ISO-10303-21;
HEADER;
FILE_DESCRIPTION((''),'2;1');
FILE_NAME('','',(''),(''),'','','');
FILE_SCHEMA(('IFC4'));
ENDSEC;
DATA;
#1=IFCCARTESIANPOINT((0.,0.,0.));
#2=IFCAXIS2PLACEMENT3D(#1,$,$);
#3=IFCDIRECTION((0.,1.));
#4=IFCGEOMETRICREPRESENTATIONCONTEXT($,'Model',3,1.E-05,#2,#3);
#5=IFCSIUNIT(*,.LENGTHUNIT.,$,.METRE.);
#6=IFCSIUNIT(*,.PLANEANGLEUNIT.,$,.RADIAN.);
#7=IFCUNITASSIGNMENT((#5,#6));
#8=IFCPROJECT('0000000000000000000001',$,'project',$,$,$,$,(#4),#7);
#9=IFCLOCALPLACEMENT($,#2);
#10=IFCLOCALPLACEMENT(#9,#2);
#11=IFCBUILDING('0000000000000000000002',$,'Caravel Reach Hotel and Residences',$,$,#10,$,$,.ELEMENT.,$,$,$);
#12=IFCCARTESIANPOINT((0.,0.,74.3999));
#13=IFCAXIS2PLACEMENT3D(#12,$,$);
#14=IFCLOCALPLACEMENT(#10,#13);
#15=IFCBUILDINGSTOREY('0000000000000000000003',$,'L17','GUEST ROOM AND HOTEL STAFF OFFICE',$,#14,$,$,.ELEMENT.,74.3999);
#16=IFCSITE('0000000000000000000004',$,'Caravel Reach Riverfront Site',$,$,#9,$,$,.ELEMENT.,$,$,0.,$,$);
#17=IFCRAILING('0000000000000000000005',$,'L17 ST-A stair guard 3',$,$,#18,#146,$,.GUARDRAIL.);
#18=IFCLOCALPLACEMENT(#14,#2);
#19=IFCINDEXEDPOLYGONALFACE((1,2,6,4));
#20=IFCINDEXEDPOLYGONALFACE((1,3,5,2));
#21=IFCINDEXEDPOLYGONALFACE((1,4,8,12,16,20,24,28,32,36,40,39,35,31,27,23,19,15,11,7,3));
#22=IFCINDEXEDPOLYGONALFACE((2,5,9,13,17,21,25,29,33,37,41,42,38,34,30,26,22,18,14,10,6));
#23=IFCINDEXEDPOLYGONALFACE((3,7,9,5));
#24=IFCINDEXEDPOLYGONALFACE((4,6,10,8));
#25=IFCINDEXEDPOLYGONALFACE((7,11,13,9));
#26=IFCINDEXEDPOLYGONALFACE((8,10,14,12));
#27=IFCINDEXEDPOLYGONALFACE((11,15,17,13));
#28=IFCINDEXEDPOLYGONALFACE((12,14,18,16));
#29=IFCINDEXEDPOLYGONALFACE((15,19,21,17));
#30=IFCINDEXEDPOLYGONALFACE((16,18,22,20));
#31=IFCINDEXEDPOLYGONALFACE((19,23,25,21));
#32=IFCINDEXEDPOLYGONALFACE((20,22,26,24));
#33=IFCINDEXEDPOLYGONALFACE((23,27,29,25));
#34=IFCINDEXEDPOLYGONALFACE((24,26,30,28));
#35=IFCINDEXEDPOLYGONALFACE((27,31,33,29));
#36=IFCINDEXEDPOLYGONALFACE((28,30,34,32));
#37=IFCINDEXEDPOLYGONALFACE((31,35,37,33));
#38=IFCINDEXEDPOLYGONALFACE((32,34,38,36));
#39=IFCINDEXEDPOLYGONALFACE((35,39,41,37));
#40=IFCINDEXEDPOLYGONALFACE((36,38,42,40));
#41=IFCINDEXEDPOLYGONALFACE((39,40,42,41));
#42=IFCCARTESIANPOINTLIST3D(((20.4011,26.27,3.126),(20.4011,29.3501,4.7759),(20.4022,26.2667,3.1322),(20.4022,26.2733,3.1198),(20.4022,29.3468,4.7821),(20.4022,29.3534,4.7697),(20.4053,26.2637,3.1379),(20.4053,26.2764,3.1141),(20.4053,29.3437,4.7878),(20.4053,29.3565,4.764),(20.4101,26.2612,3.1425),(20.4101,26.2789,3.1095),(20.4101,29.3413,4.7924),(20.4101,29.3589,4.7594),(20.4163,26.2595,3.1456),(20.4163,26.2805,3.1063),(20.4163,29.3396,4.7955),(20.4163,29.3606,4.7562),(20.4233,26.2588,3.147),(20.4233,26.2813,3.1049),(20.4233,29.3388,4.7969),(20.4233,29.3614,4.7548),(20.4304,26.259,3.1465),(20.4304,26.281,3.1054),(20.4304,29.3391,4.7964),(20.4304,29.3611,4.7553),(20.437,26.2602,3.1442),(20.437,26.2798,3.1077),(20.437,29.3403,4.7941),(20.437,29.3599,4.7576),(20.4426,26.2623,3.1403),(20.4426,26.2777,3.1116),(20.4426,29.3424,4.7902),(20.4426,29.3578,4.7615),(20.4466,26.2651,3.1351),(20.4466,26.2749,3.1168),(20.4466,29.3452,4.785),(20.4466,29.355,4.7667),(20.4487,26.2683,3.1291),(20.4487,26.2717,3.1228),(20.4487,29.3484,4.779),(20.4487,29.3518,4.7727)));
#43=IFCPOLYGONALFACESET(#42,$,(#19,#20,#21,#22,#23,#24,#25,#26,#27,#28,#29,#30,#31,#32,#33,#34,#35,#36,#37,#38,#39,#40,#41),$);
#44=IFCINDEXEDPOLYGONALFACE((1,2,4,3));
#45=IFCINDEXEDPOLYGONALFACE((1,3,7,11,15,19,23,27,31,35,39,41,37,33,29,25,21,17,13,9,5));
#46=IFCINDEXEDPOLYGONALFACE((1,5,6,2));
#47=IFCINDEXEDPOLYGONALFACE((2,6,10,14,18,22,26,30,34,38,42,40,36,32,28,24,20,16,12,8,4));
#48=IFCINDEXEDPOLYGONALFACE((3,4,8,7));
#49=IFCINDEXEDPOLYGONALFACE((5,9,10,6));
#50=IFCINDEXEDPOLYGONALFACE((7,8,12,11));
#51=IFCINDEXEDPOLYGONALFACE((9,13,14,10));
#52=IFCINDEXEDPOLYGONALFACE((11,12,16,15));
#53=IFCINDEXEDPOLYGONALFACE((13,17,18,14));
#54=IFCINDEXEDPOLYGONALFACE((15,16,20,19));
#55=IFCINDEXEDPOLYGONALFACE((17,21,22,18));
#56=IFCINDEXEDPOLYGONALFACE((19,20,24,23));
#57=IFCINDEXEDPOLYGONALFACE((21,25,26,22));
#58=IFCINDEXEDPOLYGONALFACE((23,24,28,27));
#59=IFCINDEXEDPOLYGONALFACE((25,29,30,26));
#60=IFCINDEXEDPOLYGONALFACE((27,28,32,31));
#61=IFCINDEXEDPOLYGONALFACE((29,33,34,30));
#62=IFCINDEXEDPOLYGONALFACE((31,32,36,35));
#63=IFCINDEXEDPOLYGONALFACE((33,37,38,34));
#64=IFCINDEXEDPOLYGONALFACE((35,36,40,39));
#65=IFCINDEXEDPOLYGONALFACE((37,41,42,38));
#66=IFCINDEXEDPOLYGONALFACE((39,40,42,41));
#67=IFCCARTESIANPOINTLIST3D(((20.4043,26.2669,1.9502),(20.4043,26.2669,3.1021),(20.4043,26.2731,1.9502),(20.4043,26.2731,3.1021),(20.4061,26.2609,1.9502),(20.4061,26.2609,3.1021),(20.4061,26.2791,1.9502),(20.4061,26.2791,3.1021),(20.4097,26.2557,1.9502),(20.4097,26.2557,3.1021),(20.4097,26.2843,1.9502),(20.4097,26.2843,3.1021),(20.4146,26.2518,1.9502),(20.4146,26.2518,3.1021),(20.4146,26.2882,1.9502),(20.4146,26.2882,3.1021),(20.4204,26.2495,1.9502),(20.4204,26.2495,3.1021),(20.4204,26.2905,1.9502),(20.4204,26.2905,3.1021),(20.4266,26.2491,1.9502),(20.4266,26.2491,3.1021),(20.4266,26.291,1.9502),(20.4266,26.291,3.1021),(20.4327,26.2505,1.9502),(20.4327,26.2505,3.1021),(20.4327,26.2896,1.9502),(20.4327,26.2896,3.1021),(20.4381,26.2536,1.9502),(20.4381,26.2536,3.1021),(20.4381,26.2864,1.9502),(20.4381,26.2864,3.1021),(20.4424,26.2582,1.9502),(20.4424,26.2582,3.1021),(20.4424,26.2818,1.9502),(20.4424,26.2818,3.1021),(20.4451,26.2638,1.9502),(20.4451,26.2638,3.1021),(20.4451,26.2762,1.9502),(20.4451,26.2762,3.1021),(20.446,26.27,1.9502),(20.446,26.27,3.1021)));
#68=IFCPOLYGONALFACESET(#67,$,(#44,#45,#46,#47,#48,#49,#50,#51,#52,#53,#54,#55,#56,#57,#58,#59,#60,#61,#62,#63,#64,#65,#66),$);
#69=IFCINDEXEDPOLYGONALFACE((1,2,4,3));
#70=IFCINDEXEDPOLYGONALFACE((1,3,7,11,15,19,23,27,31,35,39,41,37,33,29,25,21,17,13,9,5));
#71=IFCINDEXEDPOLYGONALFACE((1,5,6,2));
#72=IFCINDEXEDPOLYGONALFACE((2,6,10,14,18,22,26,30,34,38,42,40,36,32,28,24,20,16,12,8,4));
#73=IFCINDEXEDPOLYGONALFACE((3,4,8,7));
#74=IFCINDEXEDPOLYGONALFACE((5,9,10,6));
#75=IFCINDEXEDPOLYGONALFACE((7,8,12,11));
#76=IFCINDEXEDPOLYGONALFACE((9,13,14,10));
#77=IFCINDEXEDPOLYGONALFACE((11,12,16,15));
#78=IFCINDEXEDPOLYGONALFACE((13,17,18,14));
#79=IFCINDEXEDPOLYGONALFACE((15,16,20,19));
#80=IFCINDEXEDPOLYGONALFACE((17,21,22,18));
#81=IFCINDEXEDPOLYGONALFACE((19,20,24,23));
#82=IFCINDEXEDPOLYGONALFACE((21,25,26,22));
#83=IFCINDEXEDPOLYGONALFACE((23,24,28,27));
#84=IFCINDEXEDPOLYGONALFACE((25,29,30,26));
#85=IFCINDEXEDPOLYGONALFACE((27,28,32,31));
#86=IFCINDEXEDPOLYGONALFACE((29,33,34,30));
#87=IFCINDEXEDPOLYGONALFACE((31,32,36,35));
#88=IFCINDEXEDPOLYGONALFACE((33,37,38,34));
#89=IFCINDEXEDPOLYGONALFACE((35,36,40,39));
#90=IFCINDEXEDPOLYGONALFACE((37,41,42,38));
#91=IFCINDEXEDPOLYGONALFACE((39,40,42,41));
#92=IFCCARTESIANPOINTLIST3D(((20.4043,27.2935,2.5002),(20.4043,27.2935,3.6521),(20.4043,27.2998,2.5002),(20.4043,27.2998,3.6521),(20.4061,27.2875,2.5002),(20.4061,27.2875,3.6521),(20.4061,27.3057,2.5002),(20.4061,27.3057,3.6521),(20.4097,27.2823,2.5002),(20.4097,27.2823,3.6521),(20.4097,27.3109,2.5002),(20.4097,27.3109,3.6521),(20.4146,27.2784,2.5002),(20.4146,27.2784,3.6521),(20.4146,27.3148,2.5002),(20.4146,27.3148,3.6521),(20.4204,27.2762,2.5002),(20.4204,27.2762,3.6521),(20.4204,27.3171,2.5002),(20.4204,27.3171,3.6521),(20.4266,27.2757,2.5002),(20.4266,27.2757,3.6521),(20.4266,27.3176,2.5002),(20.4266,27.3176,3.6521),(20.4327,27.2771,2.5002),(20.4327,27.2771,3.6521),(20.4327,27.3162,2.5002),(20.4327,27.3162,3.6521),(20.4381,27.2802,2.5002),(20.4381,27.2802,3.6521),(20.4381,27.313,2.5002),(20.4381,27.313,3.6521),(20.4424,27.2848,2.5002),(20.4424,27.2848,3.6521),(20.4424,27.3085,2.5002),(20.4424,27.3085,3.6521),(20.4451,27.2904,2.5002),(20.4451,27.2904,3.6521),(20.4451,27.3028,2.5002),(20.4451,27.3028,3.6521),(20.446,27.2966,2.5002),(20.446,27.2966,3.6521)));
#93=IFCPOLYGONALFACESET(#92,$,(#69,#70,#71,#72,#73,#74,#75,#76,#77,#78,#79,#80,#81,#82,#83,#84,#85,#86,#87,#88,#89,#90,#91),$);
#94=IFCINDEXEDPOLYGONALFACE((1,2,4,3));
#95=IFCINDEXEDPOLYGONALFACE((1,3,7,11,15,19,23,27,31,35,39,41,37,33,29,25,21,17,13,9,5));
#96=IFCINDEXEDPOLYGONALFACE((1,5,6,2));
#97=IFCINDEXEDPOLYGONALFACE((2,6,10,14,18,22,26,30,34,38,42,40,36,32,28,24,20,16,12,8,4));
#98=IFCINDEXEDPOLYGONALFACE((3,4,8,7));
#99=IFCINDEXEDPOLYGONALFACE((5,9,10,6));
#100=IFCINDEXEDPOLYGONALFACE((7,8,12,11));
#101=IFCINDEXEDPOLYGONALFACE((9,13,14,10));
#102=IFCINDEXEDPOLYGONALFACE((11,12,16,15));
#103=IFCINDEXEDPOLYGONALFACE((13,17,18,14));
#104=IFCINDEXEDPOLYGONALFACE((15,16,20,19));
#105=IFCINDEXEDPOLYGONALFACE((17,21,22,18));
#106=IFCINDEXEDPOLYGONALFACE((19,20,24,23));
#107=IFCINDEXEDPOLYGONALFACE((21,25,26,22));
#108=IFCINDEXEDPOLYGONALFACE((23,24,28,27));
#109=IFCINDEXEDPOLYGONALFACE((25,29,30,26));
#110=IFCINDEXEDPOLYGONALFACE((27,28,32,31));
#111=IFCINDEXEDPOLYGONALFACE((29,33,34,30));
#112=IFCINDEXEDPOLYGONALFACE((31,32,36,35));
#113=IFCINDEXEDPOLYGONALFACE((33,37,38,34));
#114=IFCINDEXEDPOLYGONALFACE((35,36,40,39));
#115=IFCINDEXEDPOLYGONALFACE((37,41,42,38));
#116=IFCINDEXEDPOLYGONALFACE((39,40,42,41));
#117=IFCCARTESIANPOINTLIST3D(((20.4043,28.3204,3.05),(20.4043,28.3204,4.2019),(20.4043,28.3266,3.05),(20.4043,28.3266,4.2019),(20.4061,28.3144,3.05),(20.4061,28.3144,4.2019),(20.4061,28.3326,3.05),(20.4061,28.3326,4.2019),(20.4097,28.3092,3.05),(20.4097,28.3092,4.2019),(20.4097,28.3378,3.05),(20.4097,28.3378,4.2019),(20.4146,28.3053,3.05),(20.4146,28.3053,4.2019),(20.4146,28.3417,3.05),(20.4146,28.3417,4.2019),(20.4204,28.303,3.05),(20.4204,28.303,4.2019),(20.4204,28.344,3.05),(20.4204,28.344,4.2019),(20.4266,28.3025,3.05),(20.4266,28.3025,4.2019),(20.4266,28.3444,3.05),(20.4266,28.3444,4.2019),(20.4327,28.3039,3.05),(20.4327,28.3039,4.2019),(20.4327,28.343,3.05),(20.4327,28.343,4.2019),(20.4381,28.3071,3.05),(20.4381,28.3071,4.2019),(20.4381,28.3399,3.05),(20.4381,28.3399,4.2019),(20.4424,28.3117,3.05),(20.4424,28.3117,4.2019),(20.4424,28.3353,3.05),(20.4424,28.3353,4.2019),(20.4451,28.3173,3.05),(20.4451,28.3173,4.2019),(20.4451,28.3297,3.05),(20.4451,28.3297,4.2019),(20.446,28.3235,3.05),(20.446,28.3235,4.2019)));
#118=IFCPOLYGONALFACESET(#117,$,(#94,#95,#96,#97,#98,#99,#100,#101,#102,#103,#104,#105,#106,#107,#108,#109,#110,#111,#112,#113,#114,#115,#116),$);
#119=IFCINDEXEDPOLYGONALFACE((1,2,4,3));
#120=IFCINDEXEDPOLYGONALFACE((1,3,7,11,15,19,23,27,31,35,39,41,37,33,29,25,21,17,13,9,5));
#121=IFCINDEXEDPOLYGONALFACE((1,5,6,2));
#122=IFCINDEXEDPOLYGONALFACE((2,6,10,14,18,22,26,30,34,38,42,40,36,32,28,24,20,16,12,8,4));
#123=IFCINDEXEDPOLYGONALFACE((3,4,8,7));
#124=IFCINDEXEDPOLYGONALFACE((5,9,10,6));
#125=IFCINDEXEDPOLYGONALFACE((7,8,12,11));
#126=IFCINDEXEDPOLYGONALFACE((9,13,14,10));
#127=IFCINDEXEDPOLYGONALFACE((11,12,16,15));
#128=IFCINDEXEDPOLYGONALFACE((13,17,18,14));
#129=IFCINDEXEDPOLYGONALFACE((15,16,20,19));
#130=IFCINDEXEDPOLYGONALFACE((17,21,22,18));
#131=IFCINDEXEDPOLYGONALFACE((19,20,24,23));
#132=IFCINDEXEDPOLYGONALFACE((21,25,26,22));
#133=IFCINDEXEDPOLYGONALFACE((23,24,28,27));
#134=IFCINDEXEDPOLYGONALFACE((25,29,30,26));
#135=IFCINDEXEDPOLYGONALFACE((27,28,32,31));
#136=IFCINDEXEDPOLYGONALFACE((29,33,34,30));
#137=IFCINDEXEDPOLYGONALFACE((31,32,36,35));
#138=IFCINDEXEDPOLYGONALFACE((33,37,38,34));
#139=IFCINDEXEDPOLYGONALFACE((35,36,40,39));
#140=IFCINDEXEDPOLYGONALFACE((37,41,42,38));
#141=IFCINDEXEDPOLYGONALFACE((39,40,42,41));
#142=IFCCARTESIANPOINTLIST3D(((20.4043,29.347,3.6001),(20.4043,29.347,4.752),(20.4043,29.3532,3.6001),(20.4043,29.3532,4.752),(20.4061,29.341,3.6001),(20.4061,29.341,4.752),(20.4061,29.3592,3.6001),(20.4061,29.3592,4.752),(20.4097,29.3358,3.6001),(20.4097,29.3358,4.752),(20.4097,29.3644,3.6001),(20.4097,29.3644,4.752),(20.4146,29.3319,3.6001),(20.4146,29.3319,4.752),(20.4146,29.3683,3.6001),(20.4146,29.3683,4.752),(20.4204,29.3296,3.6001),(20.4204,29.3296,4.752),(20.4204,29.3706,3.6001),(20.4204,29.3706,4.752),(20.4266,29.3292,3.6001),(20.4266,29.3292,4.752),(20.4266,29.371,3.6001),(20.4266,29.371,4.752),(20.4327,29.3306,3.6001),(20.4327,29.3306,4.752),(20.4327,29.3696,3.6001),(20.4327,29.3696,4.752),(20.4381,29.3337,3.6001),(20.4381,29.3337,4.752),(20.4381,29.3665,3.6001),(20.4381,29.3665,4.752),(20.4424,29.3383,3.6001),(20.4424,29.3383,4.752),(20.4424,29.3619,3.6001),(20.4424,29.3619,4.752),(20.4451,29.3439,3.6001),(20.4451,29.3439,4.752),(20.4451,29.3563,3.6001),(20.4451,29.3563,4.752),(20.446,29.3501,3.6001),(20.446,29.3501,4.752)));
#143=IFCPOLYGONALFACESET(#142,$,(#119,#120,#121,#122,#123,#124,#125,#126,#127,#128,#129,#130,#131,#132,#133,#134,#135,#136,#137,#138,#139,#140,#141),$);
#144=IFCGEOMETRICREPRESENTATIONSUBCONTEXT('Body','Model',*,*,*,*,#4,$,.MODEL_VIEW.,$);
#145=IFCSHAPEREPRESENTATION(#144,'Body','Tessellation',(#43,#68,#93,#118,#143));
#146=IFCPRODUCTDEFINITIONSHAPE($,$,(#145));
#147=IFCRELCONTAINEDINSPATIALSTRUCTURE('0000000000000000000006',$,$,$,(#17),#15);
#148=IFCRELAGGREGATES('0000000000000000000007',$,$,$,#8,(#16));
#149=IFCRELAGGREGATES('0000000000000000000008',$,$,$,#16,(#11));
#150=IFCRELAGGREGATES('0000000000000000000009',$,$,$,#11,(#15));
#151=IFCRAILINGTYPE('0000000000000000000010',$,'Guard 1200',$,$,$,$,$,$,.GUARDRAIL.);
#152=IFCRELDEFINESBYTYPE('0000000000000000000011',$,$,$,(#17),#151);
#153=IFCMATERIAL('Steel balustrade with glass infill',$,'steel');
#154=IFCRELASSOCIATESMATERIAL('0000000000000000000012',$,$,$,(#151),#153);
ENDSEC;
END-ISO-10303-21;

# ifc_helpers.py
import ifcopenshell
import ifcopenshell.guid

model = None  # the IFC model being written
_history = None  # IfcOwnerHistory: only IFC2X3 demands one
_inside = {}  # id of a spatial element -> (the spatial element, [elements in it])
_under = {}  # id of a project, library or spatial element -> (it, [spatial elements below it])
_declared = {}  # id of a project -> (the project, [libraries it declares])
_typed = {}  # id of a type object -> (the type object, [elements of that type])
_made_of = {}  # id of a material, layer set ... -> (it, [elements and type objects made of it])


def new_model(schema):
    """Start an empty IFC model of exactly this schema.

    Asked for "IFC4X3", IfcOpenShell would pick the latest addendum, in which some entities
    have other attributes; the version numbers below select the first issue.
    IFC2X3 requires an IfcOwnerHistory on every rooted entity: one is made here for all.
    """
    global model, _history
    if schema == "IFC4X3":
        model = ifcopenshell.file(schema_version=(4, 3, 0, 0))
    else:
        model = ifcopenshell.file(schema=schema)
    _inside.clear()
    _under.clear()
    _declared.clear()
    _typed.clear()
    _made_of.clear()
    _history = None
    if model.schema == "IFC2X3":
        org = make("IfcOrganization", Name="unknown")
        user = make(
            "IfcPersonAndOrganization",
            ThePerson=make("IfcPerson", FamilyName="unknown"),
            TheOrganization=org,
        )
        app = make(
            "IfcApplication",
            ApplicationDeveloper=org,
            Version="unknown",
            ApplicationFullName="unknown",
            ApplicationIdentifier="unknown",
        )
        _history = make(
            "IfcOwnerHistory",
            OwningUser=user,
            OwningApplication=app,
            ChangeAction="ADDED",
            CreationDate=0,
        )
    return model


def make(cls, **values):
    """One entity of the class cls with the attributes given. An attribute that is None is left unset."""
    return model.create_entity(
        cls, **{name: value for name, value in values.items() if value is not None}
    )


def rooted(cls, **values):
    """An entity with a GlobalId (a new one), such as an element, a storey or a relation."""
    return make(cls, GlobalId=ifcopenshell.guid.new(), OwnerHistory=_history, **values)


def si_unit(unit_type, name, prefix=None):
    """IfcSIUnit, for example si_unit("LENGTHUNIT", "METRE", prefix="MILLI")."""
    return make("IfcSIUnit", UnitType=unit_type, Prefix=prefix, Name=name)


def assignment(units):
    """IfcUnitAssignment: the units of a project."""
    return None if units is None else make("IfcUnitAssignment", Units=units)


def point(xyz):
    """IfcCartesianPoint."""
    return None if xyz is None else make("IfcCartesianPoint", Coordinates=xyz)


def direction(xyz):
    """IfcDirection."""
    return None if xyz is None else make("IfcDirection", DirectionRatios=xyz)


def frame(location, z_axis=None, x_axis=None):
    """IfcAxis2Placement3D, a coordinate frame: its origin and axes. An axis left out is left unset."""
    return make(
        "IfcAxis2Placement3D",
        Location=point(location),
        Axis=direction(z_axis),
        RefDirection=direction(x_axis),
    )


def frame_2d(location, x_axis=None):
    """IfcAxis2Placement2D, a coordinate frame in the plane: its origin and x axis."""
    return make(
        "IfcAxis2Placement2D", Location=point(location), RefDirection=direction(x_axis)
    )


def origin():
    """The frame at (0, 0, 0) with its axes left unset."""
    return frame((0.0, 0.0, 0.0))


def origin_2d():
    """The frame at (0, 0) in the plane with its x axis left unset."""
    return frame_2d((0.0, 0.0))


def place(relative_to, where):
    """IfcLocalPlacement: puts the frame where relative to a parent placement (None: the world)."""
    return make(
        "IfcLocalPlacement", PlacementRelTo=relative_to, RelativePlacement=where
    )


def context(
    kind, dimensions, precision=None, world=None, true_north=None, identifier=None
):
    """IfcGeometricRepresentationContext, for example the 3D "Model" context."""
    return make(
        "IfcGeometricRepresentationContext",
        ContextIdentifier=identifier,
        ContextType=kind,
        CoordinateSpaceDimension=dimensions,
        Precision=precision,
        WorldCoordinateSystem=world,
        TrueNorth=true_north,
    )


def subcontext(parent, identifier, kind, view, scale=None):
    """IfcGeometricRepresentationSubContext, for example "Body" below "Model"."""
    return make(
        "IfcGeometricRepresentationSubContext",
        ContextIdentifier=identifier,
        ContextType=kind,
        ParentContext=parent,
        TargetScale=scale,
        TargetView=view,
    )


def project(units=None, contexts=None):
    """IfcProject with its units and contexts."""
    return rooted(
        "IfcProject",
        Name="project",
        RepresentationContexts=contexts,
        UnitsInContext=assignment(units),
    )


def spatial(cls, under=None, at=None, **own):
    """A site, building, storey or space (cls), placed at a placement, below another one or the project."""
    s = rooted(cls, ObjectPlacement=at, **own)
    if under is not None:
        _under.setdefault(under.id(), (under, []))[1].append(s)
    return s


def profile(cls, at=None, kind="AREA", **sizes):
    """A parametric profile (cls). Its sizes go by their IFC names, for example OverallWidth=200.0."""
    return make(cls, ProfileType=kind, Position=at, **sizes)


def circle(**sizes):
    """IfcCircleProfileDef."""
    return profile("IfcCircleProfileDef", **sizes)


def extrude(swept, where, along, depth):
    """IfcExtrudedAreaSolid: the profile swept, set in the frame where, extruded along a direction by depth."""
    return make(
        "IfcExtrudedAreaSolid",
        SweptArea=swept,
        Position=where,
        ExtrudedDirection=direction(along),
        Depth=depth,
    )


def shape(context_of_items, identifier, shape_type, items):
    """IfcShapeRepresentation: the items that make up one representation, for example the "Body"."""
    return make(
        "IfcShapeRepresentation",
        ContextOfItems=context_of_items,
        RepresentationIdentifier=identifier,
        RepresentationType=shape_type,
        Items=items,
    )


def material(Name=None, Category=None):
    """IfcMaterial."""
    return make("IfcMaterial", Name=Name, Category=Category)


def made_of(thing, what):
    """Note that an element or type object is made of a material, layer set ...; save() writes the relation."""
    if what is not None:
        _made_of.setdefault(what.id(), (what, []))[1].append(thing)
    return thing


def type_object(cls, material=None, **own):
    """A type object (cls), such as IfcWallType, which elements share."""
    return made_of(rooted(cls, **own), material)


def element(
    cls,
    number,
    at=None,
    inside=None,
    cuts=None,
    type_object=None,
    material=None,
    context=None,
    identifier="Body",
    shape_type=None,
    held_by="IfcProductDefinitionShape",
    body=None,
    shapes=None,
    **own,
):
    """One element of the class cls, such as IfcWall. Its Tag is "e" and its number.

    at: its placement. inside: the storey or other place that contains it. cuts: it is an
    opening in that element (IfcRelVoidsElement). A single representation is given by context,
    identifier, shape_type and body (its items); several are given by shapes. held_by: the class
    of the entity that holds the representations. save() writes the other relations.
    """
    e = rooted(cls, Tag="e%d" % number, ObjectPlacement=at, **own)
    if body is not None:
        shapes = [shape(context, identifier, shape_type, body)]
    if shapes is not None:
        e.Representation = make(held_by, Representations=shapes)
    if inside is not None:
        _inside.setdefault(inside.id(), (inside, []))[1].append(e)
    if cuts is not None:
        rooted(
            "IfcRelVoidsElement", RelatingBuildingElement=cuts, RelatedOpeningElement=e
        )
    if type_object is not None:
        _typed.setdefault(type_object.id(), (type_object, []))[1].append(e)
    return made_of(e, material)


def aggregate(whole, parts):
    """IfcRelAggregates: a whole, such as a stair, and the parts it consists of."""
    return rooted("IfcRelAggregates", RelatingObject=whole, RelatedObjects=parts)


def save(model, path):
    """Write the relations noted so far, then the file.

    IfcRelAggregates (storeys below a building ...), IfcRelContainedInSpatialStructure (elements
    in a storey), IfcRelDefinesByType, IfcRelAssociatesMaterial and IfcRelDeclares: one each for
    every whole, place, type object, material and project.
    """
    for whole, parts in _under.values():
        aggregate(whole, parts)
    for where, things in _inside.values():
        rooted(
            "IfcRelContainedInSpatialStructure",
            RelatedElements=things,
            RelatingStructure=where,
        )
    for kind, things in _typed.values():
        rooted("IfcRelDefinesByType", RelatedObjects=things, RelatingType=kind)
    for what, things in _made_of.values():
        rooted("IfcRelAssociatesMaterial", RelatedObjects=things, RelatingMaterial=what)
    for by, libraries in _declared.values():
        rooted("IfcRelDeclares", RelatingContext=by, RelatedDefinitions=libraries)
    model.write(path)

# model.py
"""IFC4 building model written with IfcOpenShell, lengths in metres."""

from ifc_helpers import new_model, si_unit, direction, frame, origin, origin_2d, place, context, subcontext, project, spatial, circle, extrude, material, type_object, element, save


model = new_model("IFC4")

# Units and contexts
model_context = context("Model", 3, precision=1e-05, world=origin(), true_north=direction((0.0, 1.0)))
body_context = subcontext(model_context, "Body", "Model", "MODEL_VIEW")
ifc_project = project(units=[si_unit("LENGTHUNIT", "METRE"), si_unit("PLANEANGLEUNIT", "RADIAN")], contexts=[model_context])

# Site, building, storey
site_placement = place(None, origin())
site = spatial("IfcSite", under=ifc_project, at=site_placement, Name="Caravel Reach Riverfront Site", CompositionType="ELEMENT", RefElevation=0.0)
building_placement = place(site_placement, origin())
building = spatial("IfcBuilding", under=site, at=building_placement, Name="Caravel Reach Hotel and Residences", CompositionType="ELEMENT")
storey_placement = place(building_placement, frame((0.0, 0.0, 74.3999)))
storey = spatial("IfcBuildingStorey", under=building, at=storey_placement, Name="L17", Description="GUEST ROOM AND HOTEL STAFF OFFICE", CompositionType="ELEMENT", Elevation=74.3999)

# Railing
ifc_material_1 = material(Name="Steel balustrade with glass infill", Category="steel")
railing_type = type_object("IfcRailingType", Name="Guard 1200", PredefinedType="GUARDRAIL", material=ifc_material_1)
railing_1_placement = place(storey_placement, frame((20.425, 26.27, 1.9502)))
element("IfcRailing", 1, at=railing_1_placement, inside=storey, type_object=railing_type, Name="L17 ST-A stair guard 3", PredefinedType="GUARDRAIL", context=body_context, shape_type="SweptSolid", body=[
    extrude(circle(Radius=0.0239, at=origin_2d()), frame((0.0, 0.0, 1.1758), z_axis=(0.0, 0.881497, 0.47219), x_axis=(-1.0, 0.0, 0.0)), (0.0, 0.0, 1.0), 3.4941),
    extrude(circle(Radius=0.021, at=origin_2d()), origin(), (0.0, 0.0, 1.0), 1.1519),
    extrude(circle(Radius=0.021, at=origin_2d()), frame((0.0, 1.0266, 0.55)), (0.0, 0.0, 1.0), 1.1519),
    extrude(circle(Radius=0.021, at=origin_2d()), frame((0.0, 2.0535, 1.0999)), (0.0, 0.0, 1.0), 1.1519),
    extrude(circle(Radius=0.021, at=origin_2d()), frame((0.0, 3.0801, 1.6499)), (0.0, 0.0, 1.0), 1.1519),
])

save(model, "model.ifc")
